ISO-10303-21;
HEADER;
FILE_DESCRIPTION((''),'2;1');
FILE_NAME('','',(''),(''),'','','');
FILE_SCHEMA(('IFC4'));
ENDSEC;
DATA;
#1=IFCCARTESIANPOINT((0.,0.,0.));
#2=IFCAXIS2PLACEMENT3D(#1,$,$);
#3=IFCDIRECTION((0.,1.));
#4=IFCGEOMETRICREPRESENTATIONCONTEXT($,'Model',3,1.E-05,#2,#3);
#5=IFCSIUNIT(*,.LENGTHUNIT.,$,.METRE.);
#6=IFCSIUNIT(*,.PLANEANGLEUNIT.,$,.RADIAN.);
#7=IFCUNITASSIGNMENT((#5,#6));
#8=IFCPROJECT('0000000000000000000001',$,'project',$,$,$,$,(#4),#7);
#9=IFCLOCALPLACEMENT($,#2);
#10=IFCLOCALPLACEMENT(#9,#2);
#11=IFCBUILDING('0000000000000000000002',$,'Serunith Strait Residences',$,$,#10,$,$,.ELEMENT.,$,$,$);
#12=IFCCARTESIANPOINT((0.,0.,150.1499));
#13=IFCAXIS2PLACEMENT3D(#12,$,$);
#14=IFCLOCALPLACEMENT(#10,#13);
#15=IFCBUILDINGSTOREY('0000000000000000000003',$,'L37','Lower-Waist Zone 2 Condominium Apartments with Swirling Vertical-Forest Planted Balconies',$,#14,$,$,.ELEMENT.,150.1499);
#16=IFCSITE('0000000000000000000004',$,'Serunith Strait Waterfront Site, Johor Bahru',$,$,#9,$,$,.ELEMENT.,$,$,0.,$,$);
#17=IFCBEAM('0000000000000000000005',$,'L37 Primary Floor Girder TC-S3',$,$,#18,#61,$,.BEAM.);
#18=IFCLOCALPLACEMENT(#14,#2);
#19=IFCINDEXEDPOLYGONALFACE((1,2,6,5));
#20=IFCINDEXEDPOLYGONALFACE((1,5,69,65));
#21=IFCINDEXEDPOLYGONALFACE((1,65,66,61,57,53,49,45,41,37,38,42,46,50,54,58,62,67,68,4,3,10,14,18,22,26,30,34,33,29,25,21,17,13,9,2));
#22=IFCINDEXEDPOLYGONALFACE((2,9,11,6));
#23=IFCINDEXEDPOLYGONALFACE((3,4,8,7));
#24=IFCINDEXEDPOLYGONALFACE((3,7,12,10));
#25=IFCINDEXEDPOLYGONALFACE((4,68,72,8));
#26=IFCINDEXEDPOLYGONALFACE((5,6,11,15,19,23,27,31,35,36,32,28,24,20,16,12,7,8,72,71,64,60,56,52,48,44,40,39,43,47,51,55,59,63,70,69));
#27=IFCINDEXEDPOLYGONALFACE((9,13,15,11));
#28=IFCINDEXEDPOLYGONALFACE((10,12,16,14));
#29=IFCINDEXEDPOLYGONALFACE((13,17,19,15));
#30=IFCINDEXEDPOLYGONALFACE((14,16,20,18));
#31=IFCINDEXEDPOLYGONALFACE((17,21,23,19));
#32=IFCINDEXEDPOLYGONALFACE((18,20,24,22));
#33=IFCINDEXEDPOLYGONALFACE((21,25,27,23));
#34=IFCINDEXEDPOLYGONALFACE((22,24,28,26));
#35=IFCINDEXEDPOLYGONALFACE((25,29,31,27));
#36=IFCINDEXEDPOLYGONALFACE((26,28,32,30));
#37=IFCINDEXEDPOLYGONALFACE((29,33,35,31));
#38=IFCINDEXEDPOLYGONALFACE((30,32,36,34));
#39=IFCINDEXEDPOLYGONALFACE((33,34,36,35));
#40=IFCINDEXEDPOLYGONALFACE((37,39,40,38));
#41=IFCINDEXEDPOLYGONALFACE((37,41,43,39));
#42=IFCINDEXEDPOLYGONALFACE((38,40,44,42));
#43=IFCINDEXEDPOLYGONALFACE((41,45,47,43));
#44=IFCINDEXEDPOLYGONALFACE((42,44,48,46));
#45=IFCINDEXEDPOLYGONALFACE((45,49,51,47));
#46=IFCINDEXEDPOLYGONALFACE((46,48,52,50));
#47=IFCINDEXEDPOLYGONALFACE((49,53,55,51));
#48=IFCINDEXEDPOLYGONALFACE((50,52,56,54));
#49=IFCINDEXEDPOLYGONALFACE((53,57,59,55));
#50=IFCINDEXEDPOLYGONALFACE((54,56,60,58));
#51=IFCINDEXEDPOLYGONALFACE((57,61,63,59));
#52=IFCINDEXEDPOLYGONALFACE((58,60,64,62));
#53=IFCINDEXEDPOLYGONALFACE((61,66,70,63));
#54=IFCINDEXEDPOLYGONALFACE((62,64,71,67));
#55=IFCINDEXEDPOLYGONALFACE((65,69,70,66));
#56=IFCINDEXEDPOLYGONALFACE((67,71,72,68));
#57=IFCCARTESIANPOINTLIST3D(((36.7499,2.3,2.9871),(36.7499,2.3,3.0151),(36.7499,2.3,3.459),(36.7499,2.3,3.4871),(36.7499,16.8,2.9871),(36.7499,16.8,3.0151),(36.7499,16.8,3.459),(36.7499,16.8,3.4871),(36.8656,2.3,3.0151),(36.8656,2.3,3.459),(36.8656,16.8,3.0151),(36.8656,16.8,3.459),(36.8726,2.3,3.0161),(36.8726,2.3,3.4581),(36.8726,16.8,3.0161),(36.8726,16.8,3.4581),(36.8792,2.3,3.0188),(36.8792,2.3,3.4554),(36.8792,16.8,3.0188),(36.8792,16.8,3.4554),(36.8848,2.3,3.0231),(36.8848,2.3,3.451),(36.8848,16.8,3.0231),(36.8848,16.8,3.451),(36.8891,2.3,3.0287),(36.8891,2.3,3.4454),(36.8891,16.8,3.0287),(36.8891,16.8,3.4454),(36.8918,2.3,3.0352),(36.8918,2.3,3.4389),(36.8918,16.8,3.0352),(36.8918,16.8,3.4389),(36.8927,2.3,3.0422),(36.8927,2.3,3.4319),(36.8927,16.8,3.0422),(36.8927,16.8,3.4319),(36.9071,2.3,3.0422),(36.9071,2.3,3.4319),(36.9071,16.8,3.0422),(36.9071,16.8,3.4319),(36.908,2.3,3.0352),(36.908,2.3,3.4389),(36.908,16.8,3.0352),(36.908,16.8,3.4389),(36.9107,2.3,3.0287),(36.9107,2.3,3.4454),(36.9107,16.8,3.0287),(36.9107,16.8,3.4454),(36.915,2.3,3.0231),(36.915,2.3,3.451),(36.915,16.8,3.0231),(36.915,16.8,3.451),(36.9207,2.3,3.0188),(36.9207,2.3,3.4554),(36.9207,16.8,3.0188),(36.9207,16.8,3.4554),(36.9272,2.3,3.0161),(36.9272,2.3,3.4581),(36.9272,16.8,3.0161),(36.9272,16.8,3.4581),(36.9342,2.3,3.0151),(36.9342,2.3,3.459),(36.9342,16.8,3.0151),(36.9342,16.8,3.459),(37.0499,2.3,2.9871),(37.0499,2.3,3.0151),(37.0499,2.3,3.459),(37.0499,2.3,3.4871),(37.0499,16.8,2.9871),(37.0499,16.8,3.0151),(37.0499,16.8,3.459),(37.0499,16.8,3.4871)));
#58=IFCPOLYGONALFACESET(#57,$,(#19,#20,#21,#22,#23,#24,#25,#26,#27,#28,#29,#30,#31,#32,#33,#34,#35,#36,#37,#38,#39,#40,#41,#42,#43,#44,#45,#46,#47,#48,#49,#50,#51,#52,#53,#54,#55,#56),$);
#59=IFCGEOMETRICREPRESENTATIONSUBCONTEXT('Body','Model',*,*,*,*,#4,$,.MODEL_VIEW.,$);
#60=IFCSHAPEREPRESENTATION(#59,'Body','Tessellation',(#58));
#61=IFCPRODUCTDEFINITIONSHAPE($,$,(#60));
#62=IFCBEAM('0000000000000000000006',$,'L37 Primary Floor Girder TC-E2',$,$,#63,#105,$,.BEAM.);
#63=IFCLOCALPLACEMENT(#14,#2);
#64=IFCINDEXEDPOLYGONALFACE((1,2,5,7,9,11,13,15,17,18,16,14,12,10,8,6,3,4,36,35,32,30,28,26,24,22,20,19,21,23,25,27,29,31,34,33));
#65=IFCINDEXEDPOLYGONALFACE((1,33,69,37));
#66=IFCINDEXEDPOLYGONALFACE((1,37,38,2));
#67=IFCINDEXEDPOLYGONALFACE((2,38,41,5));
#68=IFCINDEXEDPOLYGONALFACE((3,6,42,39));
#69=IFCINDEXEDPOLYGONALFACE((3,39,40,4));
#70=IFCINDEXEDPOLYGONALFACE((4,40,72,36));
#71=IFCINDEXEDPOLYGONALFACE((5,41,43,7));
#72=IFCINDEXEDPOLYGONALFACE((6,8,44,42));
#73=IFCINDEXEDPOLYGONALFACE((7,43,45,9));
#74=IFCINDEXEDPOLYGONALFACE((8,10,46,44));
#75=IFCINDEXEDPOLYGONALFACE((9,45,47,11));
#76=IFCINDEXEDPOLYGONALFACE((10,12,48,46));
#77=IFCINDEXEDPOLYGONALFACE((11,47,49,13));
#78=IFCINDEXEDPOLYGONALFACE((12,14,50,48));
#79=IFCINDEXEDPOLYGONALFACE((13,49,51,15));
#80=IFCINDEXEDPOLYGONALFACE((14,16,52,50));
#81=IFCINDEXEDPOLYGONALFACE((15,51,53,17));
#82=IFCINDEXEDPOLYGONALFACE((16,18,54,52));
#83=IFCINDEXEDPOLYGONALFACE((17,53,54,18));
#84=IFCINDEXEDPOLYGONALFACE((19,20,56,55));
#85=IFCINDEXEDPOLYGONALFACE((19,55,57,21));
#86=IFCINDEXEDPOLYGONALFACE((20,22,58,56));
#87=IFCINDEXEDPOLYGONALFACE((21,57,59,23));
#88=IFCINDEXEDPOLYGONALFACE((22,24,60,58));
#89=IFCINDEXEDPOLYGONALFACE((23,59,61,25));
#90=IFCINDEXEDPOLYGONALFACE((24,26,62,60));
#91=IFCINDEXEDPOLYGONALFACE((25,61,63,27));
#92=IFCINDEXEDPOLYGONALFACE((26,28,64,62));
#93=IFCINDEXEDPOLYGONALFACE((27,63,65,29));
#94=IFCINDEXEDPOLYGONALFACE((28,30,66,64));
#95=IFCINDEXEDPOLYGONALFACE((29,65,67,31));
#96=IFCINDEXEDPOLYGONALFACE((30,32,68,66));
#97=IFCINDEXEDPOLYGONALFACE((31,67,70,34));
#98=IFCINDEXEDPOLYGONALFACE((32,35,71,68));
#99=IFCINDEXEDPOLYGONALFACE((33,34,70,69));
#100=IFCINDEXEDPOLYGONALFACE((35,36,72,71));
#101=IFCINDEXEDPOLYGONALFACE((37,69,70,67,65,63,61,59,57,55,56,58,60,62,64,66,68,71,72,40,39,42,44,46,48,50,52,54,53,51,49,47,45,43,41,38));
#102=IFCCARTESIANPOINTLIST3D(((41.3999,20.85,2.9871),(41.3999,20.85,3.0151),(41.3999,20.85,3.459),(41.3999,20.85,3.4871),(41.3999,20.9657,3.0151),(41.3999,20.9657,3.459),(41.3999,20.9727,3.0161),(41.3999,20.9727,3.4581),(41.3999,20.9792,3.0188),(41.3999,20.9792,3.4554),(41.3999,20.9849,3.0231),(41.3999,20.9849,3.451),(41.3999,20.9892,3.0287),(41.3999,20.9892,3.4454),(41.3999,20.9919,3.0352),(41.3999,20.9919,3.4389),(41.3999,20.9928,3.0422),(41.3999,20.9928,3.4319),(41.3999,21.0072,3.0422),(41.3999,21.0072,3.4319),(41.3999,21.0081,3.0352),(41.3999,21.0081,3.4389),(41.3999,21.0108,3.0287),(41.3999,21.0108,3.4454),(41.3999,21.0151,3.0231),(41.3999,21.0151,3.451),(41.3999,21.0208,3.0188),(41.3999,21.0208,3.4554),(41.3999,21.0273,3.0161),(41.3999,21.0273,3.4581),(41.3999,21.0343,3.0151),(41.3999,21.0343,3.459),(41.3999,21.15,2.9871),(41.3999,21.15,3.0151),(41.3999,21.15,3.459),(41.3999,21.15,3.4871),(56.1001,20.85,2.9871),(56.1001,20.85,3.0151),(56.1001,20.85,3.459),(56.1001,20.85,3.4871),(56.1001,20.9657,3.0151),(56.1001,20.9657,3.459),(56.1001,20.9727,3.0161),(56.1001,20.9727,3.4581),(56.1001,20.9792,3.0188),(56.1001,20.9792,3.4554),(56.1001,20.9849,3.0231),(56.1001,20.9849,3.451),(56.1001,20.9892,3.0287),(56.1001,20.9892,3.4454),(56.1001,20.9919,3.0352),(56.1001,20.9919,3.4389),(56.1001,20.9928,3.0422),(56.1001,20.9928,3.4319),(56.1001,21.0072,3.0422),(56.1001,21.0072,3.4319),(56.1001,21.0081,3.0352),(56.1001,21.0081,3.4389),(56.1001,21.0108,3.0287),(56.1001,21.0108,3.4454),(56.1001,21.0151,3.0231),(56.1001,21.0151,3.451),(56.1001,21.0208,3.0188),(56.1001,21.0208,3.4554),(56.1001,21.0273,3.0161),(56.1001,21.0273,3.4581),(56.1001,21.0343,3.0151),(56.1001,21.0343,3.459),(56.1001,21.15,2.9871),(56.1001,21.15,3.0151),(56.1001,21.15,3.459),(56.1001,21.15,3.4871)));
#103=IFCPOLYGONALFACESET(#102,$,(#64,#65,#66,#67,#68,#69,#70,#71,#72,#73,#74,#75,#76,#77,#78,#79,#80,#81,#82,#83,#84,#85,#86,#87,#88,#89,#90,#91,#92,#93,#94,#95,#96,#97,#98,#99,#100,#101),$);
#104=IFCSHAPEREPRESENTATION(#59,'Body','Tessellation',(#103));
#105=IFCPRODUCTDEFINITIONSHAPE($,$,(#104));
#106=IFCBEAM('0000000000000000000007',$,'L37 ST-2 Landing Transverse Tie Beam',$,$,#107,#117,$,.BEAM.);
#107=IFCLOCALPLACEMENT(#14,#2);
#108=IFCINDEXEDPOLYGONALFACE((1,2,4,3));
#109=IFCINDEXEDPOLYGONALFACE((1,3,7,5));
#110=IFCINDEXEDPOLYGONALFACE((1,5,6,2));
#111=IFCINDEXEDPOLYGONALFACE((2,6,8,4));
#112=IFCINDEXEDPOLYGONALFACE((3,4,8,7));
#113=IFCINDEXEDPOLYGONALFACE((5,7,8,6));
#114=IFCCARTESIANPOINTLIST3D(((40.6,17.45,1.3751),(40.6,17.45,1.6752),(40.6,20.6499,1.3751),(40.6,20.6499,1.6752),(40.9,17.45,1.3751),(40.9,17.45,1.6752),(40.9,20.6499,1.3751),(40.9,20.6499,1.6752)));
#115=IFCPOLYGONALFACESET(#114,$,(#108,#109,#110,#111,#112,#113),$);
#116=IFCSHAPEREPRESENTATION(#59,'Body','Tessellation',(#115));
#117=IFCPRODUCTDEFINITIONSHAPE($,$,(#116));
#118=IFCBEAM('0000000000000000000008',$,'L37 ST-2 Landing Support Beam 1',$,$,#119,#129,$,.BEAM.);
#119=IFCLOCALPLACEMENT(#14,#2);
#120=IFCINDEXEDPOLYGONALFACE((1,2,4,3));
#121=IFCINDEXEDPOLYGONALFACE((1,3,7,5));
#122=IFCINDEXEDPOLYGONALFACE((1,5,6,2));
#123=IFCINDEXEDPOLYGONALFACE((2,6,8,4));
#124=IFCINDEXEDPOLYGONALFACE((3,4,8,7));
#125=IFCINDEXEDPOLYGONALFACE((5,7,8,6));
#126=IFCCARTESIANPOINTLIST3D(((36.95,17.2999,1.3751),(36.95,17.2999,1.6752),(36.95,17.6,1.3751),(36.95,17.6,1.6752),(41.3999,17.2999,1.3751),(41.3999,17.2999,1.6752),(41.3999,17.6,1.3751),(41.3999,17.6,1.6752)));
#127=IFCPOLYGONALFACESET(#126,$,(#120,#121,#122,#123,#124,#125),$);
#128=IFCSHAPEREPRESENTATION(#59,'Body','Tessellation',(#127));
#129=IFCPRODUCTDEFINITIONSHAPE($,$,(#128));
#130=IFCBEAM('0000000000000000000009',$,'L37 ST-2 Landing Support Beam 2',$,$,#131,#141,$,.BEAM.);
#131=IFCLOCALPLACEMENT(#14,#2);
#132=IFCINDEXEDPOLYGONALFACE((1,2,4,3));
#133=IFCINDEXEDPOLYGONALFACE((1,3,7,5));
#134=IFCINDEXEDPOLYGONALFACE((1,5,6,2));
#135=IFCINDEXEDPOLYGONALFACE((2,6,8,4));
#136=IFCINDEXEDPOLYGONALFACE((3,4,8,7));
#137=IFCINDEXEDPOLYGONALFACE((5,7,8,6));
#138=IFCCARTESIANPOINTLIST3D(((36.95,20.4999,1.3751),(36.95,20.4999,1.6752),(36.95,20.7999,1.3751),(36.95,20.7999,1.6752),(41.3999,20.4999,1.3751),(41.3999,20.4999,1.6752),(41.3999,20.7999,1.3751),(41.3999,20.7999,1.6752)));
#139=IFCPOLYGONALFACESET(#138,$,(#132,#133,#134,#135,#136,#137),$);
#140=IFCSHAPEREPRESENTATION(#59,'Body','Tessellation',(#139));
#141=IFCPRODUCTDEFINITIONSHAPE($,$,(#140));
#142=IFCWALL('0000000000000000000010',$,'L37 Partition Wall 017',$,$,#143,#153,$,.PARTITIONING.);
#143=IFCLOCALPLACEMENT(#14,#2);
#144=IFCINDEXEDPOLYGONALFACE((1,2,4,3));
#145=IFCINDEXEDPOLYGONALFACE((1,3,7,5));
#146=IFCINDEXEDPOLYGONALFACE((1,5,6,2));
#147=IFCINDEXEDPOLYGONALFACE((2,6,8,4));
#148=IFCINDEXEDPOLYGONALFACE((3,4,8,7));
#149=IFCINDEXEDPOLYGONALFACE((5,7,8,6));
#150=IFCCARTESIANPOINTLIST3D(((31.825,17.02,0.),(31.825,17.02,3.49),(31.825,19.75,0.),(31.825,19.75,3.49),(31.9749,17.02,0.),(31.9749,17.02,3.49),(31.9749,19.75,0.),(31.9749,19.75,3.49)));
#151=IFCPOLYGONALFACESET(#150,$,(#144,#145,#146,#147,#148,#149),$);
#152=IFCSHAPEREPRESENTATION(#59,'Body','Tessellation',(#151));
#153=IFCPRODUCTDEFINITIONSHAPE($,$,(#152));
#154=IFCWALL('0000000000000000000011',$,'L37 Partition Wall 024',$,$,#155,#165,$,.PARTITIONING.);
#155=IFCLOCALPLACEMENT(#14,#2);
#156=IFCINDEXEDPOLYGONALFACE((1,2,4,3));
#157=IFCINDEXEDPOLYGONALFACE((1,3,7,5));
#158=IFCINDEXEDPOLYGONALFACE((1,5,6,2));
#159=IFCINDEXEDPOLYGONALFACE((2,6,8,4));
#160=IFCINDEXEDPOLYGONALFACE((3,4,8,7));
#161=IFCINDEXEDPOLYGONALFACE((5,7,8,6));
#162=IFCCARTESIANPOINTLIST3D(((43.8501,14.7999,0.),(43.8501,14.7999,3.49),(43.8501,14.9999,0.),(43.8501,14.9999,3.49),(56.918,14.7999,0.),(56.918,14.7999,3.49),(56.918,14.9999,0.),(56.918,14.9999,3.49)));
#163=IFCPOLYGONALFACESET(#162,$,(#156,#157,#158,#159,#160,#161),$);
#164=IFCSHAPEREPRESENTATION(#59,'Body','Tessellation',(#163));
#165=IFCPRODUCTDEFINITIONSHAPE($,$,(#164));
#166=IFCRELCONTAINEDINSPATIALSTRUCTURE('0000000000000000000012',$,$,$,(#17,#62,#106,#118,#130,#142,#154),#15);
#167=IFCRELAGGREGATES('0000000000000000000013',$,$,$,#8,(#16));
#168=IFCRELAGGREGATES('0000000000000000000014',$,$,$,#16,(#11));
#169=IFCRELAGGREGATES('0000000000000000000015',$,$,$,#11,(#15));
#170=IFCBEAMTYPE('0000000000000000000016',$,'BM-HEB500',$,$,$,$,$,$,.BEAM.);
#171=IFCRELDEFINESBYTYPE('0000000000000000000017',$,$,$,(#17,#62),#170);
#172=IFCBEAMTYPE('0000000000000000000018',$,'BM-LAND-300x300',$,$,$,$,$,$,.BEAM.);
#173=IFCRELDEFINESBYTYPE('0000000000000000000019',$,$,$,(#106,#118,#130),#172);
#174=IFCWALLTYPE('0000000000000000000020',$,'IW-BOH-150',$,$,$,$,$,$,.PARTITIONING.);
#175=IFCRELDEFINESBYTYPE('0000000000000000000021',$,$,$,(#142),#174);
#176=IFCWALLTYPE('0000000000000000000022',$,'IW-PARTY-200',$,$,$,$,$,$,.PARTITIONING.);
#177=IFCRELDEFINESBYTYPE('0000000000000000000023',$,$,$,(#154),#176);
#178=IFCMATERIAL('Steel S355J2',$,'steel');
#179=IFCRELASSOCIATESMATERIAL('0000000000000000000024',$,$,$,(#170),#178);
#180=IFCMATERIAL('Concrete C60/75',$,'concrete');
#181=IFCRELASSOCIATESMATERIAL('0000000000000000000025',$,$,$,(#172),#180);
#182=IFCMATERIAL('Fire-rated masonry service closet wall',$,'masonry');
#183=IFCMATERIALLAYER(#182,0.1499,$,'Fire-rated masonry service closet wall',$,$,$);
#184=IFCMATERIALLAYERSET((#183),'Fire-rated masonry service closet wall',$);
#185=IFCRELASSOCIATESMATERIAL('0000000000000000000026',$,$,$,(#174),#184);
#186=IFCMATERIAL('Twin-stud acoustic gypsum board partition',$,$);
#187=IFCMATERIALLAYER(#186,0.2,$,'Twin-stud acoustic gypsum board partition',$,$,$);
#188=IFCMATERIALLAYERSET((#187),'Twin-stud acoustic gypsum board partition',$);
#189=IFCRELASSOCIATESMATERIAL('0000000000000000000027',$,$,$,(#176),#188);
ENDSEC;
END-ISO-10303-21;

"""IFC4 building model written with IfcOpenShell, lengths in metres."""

from ifc_helpers import new_model, si_unit, direction, frame, frame_2d, origin, origin_2d, place, context, subcontext, project, spatial, rectangle, i_section, extrude, source, transform, mapped, material, layer, layer_set, material_profile, profile_set, type_object, element, save


model = new_model("IFC4")

# Units and contexts
model_context = context("Model", 3, precision=1e-05, world=origin(), true_north=direction((0.0, 1.0)))
body_context = subcontext(model_context, "Body", "Model", "MODEL_VIEW")
ifc_project = project(units=[si_unit("LENGTHUNIT", "METRE"), si_unit("PLANEANGLEUNIT", "RADIAN")], contexts=[model_context])

# Site, building, storey
site_placement = place(None, origin())
site = spatial("IfcSite", under=ifc_project, at=site_placement, Name="Serunith Strait Waterfront Site, Johor Bahru", CompositionType="ELEMENT", RefElevation=0.0)
building_placement = place(site_placement, origin())
building = spatial("IfcBuilding", under=site, at=building_placement, Name="Serunith Strait Residences", CompositionType="ELEMENT")
storey_placement = place(building_placement, frame((0.0, 0.0, 150.1499)))
storey = spatial("IfcBuildingStorey", under=building, at=storey_placement, Name="L37", Description="Lower-Waist Zone 2 Condominium Apartments with Swirling Vertical-Forest Planted Balconies", CompositionType="ELEMENT", Elevation=150.1499)

# Beams
ifc_material_1 = material(Name="Steel S355J2", Category="steel")
ifc_material_profile_1 = material_profile(ifc_material_1, i_section(OverallWidth=0.3, OverallDepth=0.5, WebThickness=0.0144, FlangeThickness=0.0281, FilletRadius=0.0271, at=origin_2d()), Name="HEB 500")
ifc_profile_set_1 = profile_set([ifc_material_profile_1], Name="Steel S355J2")
beam_type_1 = type_object("IfcBeamType", Name="BM-HEB500", PredefinedType="BEAM", material=ifc_profile_set_1)
shared_shape_1 = source(origin(), body_context, "Body", "SweptSolid", [
    extrude(i_section(OverallWidth=0.3, OverallDepth=0.5, WebThickness=0.0144, FlangeThickness=0.0281, FilletRadius=0.0271, at=origin_2d()), origin(), (0.0, 0.0, 1.0), 14.5),
])
beam_1_placement = place(storey_placement, frame((36.8999, 16.8, 3.2371), z_axis=(0.0, -1.0, 0.0), x_axis=(1.0, 0.0, 0.0)))
element("IfcBeam", 1, at=beam_1_placement, inside=storey, type_object=beam_type_1, Name="L37 Primary Floor Girder TC-S3", PredefinedType="BEAM", context=body_context, shape_type="MappedRepresentation", body=[
    mapped(shared_shape_1, transform((0.0, 0.0, 0.0), scale=1.0)),
])
shared_shape_2 = source(origin(), body_context, "Body", "SweptSolid", [
    extrude(i_section(OverallWidth=0.3, OverallDepth=0.5, WebThickness=0.0144, FlangeThickness=0.0281, FilletRadius=0.0271, at=origin_2d()), origin(), (0.0, 0.0, 1.0), 14.7002),
])
beam_2_placement = place(storey_placement, frame((41.3999, 21.0, 3.2371), z_axis=(1.0, 0.0, 0.0), x_axis=(0.0, 1.0, 0.0)))
element("IfcBeam", 2, at=beam_2_placement, inside=storey, type_object=beam_type_1, Name="L37 Primary Floor Girder TC-E2", PredefinedType="BEAM", context=body_context, shape_type="MappedRepresentation", body=[
    mapped(shared_shape_2, transform((0.0, 0.0, 0.0), scale=1.0)),
])
ifc_material_2 = material(Name="Concrete C60/75", Category="concrete")
ifc_material_profile_2 = material_profile(ifc_material_2, rectangle(XDim=0.3, YDim=0.3, at=origin_2d()), Name="RC 300x300")
ifc_profile_set_2 = profile_set([ifc_material_profile_2], Name="Concrete C60/75")
beam_type_2 = type_object("IfcBeamType", Name="BM-LAND-300x300", PredefinedType="BEAM", material=ifc_profile_set_2)
shared_shape_3 = source(origin(), body_context, "Body", "SweptSolid", [
    extrude(rectangle(XDim=0.3, YDim=0.3, at=origin_2d()), origin(), (0.0, 0.0, 1.0), 3.2),
])
beam_3_placement = place(storey_placement, frame((40.75, 17.45, 1.5251), z_axis=(0.0, 1.0, 0.0), x_axis=(-1.0, 0.0, 0.0)))
element("IfcBeam", 3, at=beam_3_placement, inside=storey, type_object=beam_type_2, Name="L37 ST-2 Landing Transverse Tie Beam", PredefinedType="BEAM", context=body_context, shape_type="MappedRepresentation", body=[
    mapped(shared_shape_3, transform((0.0, 0.0, 0.0), scale=1.0)),
])
shared_shape_4 = source(origin(), body_context, "Body", "SweptSolid", [
    extrude(rectangle(XDim=0.3, YDim=0.3, at=origin_2d()), origin(), (0.0, 0.0, 1.0), 4.45),
])
for number, where, z_axis, x_axis, name in (
    (4, (36.95, 17.45, 1.5251), (1.0, 0.0, 0.0), (0.0, 1.0, 0.0), "L37 ST-2 Landing Support Beam 1"),
    (5, (36.95, 20.6499, 1.5251), (1.0, 0.0, 0.0), (0.0, 1.0, 0.0), "L37 ST-2 Landing Support Beam 2"),
):
    element("IfcBeam", number, at=place(storey_placement, frame(where, z_axis=z_axis, x_axis=x_axis)), inside=storey, type_object=beam_type_2, Name=name, PredefinedType="BEAM", context=body_context, shape_type="MappedRepresentation", body=[
        mapped(shared_shape_4, transform((0.0, 0.0, 0.0), scale=1.0)),
    ])

# Walls
ifc_material_3 = material(Name="Fire-rated masonry service closet wall", Category="masonry")
ifc_layer_1 = layer(ifc_material_3, 0.1499, Name="Fire-rated masonry service closet wall")
ifc_layer_set_1 = layer_set([ifc_layer_1], Name="Fire-rated masonry service closet wall")
wall_type_1 = type_object("IfcWallType", Name="IW-BOH-150", PredefinedType="PARTITIONING", material=ifc_layer_set_1)
wall_1_placement = place(storey_placement, frame((31.8999, 17.02, 0.0), z_axis=(0.0, 0.0, 1.0), x_axis=(0.0, 1.0, 0.0)))
element("IfcWall", 6, at=wall_1_placement, inside=storey, type_object=wall_type_1, Name="L37 Partition Wall 017", PredefinedType="PARTITIONING", context=body_context, shape_type="SweptSolid", body=[
    extrude(rectangle(XDim=2.73, YDim=0.1499, at=frame_2d((1.365, 0.0))), origin(), (0.0, 0.0, 1.0), 3.49),
])
ifc_material_4 = material(Name="Twin-stud acoustic gypsum board partition")
ifc_layer_2 = layer(ifc_material_4, 0.2, Name="Twin-stud acoustic gypsum board partition")
ifc_layer_set_2 = layer_set([ifc_layer_2], Name="Twin-stud acoustic gypsum board partition")
wall_type_2 = type_object("IfcWallType", Name="IW-PARTY-200", PredefinedType="PARTITIONING", material=ifc_layer_set_2)
wall_2_placement = place(storey_placement, frame((43.8501, 14.8999, 0.0), z_axis=(0.0, 0.0, 1.0), x_axis=(1.0, 0.0, 0.0)))
element("IfcWall", 7, at=wall_2_placement, inside=storey, type_object=wall_type_2, Name="L37 Partition Wall 024", PredefinedType="PARTITIONING", context=body_context, shape_type="SweptSolid", body=[
    extrude(rectangle(XDim=13.0679, YDim=0.2, at=frame_2d((6.5339, 0.0))), origin(), (0.0, 0.0, 1.0), 3.49),
])

save(model, "model.ifc")
